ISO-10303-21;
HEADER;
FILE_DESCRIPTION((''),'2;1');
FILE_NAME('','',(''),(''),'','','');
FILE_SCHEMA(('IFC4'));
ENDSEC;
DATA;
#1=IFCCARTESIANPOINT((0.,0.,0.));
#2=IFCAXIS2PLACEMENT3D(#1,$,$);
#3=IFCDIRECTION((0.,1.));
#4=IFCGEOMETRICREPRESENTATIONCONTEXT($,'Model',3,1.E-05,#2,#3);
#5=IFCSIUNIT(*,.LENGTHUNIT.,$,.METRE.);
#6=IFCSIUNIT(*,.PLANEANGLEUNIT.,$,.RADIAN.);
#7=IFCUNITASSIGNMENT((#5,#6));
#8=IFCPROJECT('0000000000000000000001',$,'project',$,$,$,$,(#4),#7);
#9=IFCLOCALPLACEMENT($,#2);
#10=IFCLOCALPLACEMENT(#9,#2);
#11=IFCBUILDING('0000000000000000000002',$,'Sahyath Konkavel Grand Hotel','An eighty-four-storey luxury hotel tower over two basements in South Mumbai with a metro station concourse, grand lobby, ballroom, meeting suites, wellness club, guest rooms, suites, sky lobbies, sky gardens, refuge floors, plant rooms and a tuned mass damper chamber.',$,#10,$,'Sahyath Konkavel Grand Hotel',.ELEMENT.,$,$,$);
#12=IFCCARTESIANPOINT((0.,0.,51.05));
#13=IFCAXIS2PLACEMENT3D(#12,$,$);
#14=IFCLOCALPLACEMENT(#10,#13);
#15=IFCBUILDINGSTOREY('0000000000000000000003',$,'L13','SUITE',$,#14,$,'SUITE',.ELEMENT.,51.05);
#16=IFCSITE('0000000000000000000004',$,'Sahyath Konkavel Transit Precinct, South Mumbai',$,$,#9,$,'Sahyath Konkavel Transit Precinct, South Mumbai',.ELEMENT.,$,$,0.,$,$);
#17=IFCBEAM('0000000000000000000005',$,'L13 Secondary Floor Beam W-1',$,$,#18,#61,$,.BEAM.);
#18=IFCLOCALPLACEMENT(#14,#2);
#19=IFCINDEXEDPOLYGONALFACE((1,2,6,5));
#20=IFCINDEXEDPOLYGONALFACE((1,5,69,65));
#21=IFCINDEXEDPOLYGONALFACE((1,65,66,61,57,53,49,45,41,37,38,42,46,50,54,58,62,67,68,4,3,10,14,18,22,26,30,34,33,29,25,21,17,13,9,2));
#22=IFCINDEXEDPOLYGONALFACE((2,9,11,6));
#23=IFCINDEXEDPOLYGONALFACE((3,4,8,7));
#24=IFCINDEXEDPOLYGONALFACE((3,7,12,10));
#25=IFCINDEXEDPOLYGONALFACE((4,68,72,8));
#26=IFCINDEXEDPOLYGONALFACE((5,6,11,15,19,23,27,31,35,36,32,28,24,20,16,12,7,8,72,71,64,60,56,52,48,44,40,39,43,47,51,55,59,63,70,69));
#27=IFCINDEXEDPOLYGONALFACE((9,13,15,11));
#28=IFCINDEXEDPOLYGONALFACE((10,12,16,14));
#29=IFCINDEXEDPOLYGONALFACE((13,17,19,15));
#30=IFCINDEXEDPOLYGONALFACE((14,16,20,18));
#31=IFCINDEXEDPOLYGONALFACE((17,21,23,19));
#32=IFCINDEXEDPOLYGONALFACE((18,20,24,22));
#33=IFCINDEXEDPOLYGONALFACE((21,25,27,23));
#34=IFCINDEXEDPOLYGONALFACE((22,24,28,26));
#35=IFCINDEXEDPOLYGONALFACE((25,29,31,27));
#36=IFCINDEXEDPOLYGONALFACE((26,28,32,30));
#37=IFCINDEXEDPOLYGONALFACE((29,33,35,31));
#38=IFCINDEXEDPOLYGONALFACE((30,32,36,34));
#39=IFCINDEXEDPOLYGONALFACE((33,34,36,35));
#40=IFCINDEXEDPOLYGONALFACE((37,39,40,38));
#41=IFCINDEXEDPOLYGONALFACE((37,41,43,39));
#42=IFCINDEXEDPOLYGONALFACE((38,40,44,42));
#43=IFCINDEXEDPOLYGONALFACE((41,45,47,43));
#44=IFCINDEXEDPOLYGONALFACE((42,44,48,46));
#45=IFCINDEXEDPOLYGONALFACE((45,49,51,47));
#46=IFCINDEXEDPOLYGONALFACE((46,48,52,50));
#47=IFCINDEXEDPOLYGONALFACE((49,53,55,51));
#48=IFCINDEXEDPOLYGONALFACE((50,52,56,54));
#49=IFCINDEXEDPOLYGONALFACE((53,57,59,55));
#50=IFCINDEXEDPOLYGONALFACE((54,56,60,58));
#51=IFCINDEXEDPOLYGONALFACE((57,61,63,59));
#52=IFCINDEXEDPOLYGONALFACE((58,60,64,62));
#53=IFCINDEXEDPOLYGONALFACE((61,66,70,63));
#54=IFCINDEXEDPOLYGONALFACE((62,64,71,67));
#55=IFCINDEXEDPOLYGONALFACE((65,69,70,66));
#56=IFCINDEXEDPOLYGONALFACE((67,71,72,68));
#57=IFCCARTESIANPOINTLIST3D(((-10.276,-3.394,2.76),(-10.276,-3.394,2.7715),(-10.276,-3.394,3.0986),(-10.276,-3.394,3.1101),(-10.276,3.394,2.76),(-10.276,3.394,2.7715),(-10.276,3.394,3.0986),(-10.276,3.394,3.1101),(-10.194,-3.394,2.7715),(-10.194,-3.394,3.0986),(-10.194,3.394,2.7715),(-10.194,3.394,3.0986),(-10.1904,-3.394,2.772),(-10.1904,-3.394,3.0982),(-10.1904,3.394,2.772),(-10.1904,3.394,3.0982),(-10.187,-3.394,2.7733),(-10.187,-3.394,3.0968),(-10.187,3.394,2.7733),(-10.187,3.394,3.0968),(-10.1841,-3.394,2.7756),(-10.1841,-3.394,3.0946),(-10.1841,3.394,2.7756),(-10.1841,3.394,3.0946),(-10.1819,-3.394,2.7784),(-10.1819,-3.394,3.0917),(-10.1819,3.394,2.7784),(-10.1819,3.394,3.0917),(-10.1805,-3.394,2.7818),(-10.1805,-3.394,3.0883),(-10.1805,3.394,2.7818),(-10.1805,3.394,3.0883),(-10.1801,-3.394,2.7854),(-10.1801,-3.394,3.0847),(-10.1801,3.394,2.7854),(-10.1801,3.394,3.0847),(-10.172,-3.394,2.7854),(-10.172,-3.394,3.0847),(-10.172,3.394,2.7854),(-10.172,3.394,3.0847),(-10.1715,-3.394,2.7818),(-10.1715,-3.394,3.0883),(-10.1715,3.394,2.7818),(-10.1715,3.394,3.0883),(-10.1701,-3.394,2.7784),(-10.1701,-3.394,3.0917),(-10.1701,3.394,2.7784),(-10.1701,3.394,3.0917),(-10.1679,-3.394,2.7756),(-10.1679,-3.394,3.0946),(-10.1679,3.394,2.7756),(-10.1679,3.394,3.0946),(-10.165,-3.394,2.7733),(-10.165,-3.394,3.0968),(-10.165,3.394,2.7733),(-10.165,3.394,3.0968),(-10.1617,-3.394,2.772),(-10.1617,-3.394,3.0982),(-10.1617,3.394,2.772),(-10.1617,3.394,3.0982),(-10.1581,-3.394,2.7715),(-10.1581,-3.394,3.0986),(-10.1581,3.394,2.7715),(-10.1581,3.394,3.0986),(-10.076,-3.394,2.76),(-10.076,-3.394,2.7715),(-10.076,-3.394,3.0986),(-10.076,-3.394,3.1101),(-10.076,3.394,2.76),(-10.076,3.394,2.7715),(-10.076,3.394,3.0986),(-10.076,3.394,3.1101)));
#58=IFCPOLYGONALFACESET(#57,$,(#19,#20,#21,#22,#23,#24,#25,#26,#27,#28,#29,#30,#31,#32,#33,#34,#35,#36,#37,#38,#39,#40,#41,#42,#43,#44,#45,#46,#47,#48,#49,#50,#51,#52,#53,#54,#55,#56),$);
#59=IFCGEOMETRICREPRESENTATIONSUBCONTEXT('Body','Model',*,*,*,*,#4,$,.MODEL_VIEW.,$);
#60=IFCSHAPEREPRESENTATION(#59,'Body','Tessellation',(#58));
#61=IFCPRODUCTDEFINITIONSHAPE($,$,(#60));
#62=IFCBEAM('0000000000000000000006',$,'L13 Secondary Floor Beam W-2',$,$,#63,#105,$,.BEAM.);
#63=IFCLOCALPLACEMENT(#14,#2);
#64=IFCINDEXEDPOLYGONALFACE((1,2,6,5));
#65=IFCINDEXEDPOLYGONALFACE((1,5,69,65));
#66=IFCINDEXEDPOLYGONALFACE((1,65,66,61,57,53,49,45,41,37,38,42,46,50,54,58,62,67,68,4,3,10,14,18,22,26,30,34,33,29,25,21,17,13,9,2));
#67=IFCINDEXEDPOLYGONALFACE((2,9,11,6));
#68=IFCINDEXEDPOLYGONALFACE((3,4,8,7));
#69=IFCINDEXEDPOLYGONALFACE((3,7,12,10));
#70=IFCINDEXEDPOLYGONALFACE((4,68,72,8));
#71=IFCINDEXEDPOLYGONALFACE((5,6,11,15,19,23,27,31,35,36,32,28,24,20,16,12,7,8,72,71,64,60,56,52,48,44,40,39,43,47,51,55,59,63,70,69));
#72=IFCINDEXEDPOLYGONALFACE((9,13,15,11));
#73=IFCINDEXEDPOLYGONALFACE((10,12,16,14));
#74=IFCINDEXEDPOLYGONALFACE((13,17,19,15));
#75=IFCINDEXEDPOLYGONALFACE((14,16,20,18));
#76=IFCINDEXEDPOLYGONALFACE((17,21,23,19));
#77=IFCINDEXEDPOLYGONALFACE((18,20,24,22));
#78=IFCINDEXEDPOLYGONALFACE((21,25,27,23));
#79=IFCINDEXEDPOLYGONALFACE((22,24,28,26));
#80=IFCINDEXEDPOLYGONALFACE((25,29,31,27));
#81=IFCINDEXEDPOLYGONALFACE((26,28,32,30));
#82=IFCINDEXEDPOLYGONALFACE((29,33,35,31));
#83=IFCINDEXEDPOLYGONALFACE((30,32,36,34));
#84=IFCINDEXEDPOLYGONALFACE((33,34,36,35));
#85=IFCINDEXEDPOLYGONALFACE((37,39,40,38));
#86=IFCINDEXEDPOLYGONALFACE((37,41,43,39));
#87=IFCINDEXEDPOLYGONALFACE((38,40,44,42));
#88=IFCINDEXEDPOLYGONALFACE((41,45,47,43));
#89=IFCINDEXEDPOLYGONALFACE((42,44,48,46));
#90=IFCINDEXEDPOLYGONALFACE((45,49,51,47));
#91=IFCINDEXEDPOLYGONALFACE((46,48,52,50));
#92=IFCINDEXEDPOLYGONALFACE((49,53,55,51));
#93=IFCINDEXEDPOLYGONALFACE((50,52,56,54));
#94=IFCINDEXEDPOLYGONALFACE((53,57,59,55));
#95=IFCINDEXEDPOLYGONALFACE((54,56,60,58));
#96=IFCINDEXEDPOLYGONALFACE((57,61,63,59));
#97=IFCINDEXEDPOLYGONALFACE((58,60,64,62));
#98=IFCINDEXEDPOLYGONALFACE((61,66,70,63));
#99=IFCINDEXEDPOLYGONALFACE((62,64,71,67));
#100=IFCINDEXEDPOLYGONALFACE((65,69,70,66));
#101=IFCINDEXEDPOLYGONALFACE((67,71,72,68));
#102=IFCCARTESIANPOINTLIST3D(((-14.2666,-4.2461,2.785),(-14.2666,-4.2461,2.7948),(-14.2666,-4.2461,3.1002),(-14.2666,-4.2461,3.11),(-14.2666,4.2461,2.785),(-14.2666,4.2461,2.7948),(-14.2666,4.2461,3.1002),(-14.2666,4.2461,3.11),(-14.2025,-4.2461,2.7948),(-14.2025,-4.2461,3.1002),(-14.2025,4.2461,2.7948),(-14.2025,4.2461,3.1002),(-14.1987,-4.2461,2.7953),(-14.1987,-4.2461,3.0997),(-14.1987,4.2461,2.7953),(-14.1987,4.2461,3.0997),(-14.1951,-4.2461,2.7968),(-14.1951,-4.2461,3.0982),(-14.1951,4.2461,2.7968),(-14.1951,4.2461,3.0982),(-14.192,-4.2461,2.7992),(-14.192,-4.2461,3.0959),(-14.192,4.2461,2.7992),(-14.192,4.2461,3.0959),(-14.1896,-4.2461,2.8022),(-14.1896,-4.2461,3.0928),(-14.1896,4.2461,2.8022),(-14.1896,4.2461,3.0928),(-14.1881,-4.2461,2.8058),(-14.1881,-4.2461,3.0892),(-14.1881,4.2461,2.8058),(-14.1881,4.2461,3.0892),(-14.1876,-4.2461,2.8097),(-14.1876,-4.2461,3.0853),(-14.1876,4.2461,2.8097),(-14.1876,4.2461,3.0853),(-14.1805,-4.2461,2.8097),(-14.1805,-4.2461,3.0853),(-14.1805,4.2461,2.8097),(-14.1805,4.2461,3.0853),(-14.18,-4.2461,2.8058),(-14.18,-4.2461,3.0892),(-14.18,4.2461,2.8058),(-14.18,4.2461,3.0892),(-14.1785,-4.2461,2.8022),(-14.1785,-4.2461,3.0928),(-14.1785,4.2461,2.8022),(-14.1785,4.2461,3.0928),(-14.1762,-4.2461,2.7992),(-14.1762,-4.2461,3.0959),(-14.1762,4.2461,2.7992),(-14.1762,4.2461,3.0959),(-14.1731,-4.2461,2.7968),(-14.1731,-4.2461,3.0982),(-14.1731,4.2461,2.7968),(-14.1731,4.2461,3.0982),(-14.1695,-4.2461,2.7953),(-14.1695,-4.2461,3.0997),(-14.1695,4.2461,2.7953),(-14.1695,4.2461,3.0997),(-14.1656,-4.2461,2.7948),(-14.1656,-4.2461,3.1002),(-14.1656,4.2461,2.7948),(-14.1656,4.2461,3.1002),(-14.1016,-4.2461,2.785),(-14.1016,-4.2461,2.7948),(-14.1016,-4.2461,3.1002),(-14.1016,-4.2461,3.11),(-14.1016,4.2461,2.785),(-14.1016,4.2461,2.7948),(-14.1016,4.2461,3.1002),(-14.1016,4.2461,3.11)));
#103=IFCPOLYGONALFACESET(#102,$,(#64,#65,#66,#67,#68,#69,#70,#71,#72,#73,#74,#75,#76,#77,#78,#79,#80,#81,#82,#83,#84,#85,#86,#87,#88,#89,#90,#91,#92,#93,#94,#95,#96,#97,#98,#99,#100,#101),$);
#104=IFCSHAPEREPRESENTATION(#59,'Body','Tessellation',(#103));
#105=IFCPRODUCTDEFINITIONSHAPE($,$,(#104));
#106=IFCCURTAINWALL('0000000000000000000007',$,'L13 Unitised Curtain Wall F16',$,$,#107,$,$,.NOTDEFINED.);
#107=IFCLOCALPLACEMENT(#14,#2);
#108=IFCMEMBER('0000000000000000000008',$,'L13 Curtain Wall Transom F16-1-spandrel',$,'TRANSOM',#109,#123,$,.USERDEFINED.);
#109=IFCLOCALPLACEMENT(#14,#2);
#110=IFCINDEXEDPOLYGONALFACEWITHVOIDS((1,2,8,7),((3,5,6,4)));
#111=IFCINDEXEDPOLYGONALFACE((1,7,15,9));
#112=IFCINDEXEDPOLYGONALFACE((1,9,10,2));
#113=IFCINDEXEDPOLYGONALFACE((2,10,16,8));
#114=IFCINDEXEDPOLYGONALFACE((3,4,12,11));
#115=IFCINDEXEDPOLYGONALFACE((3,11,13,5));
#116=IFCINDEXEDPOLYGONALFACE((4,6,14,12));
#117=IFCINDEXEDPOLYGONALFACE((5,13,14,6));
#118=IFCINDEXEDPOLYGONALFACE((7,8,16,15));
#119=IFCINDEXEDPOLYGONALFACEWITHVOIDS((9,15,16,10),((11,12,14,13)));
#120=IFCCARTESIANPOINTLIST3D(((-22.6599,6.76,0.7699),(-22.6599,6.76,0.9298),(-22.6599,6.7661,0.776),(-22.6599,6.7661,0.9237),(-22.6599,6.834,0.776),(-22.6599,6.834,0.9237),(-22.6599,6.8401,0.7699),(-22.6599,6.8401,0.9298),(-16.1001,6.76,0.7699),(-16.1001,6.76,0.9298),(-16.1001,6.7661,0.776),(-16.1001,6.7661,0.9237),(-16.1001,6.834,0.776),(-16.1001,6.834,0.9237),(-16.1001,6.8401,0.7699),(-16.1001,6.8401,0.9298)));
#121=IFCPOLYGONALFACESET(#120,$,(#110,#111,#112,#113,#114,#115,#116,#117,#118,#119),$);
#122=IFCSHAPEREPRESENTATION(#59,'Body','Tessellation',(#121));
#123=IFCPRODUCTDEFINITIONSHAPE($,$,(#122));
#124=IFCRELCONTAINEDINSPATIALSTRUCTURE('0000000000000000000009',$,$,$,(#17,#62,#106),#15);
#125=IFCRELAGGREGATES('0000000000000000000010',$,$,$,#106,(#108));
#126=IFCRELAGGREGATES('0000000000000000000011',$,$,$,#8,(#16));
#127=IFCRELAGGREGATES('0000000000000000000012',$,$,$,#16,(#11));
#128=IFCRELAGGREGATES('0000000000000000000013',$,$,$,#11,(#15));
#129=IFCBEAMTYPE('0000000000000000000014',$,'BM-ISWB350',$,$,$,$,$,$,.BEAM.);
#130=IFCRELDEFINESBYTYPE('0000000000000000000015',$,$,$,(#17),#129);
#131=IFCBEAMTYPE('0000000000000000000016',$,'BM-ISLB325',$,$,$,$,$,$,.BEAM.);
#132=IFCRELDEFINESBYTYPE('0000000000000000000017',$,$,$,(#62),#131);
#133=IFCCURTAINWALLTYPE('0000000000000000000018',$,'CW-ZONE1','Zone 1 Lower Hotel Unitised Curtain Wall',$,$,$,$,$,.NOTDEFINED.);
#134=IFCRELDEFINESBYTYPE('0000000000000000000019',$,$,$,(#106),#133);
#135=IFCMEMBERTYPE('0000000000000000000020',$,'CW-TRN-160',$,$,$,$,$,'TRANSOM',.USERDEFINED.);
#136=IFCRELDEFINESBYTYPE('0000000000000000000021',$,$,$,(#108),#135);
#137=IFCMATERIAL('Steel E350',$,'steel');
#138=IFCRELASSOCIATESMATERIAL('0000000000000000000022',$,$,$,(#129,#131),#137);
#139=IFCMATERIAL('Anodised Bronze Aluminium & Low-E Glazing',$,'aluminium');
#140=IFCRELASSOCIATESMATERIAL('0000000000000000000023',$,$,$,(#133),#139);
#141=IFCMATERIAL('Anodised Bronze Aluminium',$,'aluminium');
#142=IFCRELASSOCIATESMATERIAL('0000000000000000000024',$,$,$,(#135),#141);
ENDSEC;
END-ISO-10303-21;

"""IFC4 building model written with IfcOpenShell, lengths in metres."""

from ifc_helpers import new_model, si_unit, direction, frame, origin, origin_2d, place, context, subcontext, project, spatial, hollow_rectangle, i_section, extrude, source, transform, mapped, material, material_profile, profile_set, type_object, element, aggregate, save


model = new_model("IFC4")

# Units and contexts
model_context = context("Model", 3, precision=1e-05, world=origin(), true_north=direction((0.0, 1.0)))
body_context = subcontext(model_context, "Body", "Model", "MODEL_VIEW")
ifc_project = project(units=[si_unit("LENGTHUNIT", "METRE"), si_unit("PLANEANGLEUNIT", "RADIAN")], contexts=[model_context])

# Site, building, storey
site_placement = place(None, origin())
site = spatial("IfcSite", under=ifc_project, at=site_placement, Name="Sahyath Konkavel Transit Precinct, South Mumbai", LongName="Sahyath Konkavel Transit Precinct, South Mumbai", CompositionType="ELEMENT", RefElevation=0.0)
building_placement = place(site_placement, origin())
building = spatial("IfcBuilding", under=site, at=building_placement, Name="Sahyath Konkavel Grand Hotel", Description="An eighty-four-storey luxury hotel tower over two basements in South Mumbai with a metro station concourse, grand lobby, ballroom, meeting suites, wellness club, guest rooms, suites, sky lobbies, sky gardens, refuge floors, plant rooms and a tuned mass damper chamber.", LongName="Sahyath Konkavel Grand Hotel", CompositionType="ELEMENT")
storey_placement = place(building_placement, frame((0.0, 0.0, 51.05)))
storey = spatial("IfcBuildingStorey", under=building, at=storey_placement, Name="L13", Description="SUITE", LongName="SUITE", CompositionType="ELEMENT", Elevation=51.05)

# Beams
ifc_material_1 = material(Name="Steel E350", Category="steel")
ifc_material_profile_1 = material_profile(ifc_material_1, i_section(OverallWidth=0.2, OverallDepth=0.3501, WebThickness=0.0081, FlangeThickness=0.0115, FilletRadius=0.0139, at=origin_2d()), Name="ISWB 350")
ifc_profile_set_1 = profile_set([ifc_material_profile_1], Name="Steel E350")
beam_type_1 = type_object("IfcBeamType", Name="BM-ISWB350", PredefinedType="BEAM", material=ifc_profile_set_1)
shared_shape_1 = source(origin(), body_context, "Body", "SweptSolid", [
    extrude(i_section(OverallWidth=0.2, OverallDepth=0.3501, WebThickness=0.0081, FlangeThickness=0.0115, FilletRadius=0.0139, at=origin_2d()), origin(), (0.0, 0.0, 1.0), 6.7881),
])
beam_1_placement = place(storey_placement, frame((-10.176, 3.394, 2.9351), z_axis=(0.0, -1.0, 0.0), x_axis=(1.0, 0.0, 0.0)))
element("IfcBeam", 1, at=beam_1_placement, inside=storey, type_object=beam_type_1, Name="L13 Secondary Floor Beam W-1", PredefinedType="BEAM", context=body_context, shape_type="MappedRepresentation", body=[
    mapped(shared_shape_1, transform((0.0, 0.0, 0.0), scale=1.0)),
])
ifc_material_profile_2 = material_profile(ifc_material_1, i_section(OverallWidth=0.165, OverallDepth=0.325, WebThickness=0.0071, FlangeThickness=0.0098, FilletRadius=0.0149, at=origin_2d()), Name="ISLB 325")
ifc_profile_set_2 = profile_set([ifc_material_profile_2], Name="Steel E350")
beam_type_2 = type_object("IfcBeamType", Name="BM-ISLB325", PredefinedType="BEAM", material=ifc_profile_set_2)
shared_shape_2 = source(origin(), body_context, "Body", "SweptSolid", [
    extrude(i_section(OverallWidth=0.165, OverallDepth=0.325, WebThickness=0.0071, FlangeThickness=0.0098, FilletRadius=0.0149, at=origin_2d()), origin(), (0.0, 0.0, 1.0), 8.4922),
])
beam_2_placement = place(storey_placement, frame((-14.1841, 4.2461, 2.9475), z_axis=(0.0, -1.0, 0.0), x_axis=(1.0, 0.0, 0.0)))
element("IfcBeam", 2, at=beam_2_placement, inside=storey, type_object=beam_type_2, Name="L13 Secondary Floor Beam W-2", PredefinedType="BEAM", context=body_context, shape_type="MappedRepresentation", body=[
    mapped(shared_shape_2, transform((0.0, 0.0, 0.0), scale=1.0)),
])

# Curtain wall, member
ifc_material_2 = material(Name="Anodised Bronze Aluminium & Low-E Glazing", Category="aluminium")
curtain_wall_type = type_object("IfcCurtainWallType", Name="CW-ZONE1", Description="Zone 1 Lower Hotel Unitised Curtain Wall", PredefinedType="NOTDEFINED", material=ifc_material_2)
curtain_wall_placement = place(storey_placement, origin())
curtain_wall = element("IfcCurtainWall", 3, at=curtain_wall_placement, inside=storey, type_object=curtain_wall_type, Name="L13 Unitised Curtain Wall F16", PredefinedType="NOTDEFINED")
ifc_material_3 = material(Name="Anodised Bronze Aluminium", Category="aluminium")
ifc_material_profile_3 = material_profile(ifc_material_3, hollow_rectangle(XDim=0.0801, YDim=0.1599, WallThickness=0.0061, at=origin_2d()), Name="RHS 160x80x6")
ifc_profile_set_3 = profile_set([ifc_material_profile_3], Name="Anodised Bronze Aluminium")
member_type = type_object("IfcMemberType", Name="CW-TRN-160", ElementType="TRANSOM", PredefinedType="USERDEFINED", material=ifc_profile_set_3)
shared_shape_3 = source(origin(), body_context, "Body", "SweptSolid", [
    extrude(hollow_rectangle(XDim=0.0801, YDim=0.1599, WallThickness=0.0061, at=origin_2d()), origin(), (0.0, 0.0, 1.0), 6.5598),
])
member_placement = place(storey_placement, frame((-16.1001, 6.8, 0.8499), z_axis=(-1.0, 0.0, 0.0), x_axis=(0.0, -1.0, 0.0)))
member = element("IfcMember", 4, at=member_placement, type_object=member_type, Name="L13 Curtain Wall Transom F16-1-spandrel", ObjectType="TRANSOM", PredefinedType="USERDEFINED", context=body_context, shape_type="MappedRepresentation", body=[
    mapped(shared_shape_3, transform((0.0, 0.0, 0.0), scale=1.0)),
])

aggregate(curtain_wall, [member])

save(model, "model.ifc")
